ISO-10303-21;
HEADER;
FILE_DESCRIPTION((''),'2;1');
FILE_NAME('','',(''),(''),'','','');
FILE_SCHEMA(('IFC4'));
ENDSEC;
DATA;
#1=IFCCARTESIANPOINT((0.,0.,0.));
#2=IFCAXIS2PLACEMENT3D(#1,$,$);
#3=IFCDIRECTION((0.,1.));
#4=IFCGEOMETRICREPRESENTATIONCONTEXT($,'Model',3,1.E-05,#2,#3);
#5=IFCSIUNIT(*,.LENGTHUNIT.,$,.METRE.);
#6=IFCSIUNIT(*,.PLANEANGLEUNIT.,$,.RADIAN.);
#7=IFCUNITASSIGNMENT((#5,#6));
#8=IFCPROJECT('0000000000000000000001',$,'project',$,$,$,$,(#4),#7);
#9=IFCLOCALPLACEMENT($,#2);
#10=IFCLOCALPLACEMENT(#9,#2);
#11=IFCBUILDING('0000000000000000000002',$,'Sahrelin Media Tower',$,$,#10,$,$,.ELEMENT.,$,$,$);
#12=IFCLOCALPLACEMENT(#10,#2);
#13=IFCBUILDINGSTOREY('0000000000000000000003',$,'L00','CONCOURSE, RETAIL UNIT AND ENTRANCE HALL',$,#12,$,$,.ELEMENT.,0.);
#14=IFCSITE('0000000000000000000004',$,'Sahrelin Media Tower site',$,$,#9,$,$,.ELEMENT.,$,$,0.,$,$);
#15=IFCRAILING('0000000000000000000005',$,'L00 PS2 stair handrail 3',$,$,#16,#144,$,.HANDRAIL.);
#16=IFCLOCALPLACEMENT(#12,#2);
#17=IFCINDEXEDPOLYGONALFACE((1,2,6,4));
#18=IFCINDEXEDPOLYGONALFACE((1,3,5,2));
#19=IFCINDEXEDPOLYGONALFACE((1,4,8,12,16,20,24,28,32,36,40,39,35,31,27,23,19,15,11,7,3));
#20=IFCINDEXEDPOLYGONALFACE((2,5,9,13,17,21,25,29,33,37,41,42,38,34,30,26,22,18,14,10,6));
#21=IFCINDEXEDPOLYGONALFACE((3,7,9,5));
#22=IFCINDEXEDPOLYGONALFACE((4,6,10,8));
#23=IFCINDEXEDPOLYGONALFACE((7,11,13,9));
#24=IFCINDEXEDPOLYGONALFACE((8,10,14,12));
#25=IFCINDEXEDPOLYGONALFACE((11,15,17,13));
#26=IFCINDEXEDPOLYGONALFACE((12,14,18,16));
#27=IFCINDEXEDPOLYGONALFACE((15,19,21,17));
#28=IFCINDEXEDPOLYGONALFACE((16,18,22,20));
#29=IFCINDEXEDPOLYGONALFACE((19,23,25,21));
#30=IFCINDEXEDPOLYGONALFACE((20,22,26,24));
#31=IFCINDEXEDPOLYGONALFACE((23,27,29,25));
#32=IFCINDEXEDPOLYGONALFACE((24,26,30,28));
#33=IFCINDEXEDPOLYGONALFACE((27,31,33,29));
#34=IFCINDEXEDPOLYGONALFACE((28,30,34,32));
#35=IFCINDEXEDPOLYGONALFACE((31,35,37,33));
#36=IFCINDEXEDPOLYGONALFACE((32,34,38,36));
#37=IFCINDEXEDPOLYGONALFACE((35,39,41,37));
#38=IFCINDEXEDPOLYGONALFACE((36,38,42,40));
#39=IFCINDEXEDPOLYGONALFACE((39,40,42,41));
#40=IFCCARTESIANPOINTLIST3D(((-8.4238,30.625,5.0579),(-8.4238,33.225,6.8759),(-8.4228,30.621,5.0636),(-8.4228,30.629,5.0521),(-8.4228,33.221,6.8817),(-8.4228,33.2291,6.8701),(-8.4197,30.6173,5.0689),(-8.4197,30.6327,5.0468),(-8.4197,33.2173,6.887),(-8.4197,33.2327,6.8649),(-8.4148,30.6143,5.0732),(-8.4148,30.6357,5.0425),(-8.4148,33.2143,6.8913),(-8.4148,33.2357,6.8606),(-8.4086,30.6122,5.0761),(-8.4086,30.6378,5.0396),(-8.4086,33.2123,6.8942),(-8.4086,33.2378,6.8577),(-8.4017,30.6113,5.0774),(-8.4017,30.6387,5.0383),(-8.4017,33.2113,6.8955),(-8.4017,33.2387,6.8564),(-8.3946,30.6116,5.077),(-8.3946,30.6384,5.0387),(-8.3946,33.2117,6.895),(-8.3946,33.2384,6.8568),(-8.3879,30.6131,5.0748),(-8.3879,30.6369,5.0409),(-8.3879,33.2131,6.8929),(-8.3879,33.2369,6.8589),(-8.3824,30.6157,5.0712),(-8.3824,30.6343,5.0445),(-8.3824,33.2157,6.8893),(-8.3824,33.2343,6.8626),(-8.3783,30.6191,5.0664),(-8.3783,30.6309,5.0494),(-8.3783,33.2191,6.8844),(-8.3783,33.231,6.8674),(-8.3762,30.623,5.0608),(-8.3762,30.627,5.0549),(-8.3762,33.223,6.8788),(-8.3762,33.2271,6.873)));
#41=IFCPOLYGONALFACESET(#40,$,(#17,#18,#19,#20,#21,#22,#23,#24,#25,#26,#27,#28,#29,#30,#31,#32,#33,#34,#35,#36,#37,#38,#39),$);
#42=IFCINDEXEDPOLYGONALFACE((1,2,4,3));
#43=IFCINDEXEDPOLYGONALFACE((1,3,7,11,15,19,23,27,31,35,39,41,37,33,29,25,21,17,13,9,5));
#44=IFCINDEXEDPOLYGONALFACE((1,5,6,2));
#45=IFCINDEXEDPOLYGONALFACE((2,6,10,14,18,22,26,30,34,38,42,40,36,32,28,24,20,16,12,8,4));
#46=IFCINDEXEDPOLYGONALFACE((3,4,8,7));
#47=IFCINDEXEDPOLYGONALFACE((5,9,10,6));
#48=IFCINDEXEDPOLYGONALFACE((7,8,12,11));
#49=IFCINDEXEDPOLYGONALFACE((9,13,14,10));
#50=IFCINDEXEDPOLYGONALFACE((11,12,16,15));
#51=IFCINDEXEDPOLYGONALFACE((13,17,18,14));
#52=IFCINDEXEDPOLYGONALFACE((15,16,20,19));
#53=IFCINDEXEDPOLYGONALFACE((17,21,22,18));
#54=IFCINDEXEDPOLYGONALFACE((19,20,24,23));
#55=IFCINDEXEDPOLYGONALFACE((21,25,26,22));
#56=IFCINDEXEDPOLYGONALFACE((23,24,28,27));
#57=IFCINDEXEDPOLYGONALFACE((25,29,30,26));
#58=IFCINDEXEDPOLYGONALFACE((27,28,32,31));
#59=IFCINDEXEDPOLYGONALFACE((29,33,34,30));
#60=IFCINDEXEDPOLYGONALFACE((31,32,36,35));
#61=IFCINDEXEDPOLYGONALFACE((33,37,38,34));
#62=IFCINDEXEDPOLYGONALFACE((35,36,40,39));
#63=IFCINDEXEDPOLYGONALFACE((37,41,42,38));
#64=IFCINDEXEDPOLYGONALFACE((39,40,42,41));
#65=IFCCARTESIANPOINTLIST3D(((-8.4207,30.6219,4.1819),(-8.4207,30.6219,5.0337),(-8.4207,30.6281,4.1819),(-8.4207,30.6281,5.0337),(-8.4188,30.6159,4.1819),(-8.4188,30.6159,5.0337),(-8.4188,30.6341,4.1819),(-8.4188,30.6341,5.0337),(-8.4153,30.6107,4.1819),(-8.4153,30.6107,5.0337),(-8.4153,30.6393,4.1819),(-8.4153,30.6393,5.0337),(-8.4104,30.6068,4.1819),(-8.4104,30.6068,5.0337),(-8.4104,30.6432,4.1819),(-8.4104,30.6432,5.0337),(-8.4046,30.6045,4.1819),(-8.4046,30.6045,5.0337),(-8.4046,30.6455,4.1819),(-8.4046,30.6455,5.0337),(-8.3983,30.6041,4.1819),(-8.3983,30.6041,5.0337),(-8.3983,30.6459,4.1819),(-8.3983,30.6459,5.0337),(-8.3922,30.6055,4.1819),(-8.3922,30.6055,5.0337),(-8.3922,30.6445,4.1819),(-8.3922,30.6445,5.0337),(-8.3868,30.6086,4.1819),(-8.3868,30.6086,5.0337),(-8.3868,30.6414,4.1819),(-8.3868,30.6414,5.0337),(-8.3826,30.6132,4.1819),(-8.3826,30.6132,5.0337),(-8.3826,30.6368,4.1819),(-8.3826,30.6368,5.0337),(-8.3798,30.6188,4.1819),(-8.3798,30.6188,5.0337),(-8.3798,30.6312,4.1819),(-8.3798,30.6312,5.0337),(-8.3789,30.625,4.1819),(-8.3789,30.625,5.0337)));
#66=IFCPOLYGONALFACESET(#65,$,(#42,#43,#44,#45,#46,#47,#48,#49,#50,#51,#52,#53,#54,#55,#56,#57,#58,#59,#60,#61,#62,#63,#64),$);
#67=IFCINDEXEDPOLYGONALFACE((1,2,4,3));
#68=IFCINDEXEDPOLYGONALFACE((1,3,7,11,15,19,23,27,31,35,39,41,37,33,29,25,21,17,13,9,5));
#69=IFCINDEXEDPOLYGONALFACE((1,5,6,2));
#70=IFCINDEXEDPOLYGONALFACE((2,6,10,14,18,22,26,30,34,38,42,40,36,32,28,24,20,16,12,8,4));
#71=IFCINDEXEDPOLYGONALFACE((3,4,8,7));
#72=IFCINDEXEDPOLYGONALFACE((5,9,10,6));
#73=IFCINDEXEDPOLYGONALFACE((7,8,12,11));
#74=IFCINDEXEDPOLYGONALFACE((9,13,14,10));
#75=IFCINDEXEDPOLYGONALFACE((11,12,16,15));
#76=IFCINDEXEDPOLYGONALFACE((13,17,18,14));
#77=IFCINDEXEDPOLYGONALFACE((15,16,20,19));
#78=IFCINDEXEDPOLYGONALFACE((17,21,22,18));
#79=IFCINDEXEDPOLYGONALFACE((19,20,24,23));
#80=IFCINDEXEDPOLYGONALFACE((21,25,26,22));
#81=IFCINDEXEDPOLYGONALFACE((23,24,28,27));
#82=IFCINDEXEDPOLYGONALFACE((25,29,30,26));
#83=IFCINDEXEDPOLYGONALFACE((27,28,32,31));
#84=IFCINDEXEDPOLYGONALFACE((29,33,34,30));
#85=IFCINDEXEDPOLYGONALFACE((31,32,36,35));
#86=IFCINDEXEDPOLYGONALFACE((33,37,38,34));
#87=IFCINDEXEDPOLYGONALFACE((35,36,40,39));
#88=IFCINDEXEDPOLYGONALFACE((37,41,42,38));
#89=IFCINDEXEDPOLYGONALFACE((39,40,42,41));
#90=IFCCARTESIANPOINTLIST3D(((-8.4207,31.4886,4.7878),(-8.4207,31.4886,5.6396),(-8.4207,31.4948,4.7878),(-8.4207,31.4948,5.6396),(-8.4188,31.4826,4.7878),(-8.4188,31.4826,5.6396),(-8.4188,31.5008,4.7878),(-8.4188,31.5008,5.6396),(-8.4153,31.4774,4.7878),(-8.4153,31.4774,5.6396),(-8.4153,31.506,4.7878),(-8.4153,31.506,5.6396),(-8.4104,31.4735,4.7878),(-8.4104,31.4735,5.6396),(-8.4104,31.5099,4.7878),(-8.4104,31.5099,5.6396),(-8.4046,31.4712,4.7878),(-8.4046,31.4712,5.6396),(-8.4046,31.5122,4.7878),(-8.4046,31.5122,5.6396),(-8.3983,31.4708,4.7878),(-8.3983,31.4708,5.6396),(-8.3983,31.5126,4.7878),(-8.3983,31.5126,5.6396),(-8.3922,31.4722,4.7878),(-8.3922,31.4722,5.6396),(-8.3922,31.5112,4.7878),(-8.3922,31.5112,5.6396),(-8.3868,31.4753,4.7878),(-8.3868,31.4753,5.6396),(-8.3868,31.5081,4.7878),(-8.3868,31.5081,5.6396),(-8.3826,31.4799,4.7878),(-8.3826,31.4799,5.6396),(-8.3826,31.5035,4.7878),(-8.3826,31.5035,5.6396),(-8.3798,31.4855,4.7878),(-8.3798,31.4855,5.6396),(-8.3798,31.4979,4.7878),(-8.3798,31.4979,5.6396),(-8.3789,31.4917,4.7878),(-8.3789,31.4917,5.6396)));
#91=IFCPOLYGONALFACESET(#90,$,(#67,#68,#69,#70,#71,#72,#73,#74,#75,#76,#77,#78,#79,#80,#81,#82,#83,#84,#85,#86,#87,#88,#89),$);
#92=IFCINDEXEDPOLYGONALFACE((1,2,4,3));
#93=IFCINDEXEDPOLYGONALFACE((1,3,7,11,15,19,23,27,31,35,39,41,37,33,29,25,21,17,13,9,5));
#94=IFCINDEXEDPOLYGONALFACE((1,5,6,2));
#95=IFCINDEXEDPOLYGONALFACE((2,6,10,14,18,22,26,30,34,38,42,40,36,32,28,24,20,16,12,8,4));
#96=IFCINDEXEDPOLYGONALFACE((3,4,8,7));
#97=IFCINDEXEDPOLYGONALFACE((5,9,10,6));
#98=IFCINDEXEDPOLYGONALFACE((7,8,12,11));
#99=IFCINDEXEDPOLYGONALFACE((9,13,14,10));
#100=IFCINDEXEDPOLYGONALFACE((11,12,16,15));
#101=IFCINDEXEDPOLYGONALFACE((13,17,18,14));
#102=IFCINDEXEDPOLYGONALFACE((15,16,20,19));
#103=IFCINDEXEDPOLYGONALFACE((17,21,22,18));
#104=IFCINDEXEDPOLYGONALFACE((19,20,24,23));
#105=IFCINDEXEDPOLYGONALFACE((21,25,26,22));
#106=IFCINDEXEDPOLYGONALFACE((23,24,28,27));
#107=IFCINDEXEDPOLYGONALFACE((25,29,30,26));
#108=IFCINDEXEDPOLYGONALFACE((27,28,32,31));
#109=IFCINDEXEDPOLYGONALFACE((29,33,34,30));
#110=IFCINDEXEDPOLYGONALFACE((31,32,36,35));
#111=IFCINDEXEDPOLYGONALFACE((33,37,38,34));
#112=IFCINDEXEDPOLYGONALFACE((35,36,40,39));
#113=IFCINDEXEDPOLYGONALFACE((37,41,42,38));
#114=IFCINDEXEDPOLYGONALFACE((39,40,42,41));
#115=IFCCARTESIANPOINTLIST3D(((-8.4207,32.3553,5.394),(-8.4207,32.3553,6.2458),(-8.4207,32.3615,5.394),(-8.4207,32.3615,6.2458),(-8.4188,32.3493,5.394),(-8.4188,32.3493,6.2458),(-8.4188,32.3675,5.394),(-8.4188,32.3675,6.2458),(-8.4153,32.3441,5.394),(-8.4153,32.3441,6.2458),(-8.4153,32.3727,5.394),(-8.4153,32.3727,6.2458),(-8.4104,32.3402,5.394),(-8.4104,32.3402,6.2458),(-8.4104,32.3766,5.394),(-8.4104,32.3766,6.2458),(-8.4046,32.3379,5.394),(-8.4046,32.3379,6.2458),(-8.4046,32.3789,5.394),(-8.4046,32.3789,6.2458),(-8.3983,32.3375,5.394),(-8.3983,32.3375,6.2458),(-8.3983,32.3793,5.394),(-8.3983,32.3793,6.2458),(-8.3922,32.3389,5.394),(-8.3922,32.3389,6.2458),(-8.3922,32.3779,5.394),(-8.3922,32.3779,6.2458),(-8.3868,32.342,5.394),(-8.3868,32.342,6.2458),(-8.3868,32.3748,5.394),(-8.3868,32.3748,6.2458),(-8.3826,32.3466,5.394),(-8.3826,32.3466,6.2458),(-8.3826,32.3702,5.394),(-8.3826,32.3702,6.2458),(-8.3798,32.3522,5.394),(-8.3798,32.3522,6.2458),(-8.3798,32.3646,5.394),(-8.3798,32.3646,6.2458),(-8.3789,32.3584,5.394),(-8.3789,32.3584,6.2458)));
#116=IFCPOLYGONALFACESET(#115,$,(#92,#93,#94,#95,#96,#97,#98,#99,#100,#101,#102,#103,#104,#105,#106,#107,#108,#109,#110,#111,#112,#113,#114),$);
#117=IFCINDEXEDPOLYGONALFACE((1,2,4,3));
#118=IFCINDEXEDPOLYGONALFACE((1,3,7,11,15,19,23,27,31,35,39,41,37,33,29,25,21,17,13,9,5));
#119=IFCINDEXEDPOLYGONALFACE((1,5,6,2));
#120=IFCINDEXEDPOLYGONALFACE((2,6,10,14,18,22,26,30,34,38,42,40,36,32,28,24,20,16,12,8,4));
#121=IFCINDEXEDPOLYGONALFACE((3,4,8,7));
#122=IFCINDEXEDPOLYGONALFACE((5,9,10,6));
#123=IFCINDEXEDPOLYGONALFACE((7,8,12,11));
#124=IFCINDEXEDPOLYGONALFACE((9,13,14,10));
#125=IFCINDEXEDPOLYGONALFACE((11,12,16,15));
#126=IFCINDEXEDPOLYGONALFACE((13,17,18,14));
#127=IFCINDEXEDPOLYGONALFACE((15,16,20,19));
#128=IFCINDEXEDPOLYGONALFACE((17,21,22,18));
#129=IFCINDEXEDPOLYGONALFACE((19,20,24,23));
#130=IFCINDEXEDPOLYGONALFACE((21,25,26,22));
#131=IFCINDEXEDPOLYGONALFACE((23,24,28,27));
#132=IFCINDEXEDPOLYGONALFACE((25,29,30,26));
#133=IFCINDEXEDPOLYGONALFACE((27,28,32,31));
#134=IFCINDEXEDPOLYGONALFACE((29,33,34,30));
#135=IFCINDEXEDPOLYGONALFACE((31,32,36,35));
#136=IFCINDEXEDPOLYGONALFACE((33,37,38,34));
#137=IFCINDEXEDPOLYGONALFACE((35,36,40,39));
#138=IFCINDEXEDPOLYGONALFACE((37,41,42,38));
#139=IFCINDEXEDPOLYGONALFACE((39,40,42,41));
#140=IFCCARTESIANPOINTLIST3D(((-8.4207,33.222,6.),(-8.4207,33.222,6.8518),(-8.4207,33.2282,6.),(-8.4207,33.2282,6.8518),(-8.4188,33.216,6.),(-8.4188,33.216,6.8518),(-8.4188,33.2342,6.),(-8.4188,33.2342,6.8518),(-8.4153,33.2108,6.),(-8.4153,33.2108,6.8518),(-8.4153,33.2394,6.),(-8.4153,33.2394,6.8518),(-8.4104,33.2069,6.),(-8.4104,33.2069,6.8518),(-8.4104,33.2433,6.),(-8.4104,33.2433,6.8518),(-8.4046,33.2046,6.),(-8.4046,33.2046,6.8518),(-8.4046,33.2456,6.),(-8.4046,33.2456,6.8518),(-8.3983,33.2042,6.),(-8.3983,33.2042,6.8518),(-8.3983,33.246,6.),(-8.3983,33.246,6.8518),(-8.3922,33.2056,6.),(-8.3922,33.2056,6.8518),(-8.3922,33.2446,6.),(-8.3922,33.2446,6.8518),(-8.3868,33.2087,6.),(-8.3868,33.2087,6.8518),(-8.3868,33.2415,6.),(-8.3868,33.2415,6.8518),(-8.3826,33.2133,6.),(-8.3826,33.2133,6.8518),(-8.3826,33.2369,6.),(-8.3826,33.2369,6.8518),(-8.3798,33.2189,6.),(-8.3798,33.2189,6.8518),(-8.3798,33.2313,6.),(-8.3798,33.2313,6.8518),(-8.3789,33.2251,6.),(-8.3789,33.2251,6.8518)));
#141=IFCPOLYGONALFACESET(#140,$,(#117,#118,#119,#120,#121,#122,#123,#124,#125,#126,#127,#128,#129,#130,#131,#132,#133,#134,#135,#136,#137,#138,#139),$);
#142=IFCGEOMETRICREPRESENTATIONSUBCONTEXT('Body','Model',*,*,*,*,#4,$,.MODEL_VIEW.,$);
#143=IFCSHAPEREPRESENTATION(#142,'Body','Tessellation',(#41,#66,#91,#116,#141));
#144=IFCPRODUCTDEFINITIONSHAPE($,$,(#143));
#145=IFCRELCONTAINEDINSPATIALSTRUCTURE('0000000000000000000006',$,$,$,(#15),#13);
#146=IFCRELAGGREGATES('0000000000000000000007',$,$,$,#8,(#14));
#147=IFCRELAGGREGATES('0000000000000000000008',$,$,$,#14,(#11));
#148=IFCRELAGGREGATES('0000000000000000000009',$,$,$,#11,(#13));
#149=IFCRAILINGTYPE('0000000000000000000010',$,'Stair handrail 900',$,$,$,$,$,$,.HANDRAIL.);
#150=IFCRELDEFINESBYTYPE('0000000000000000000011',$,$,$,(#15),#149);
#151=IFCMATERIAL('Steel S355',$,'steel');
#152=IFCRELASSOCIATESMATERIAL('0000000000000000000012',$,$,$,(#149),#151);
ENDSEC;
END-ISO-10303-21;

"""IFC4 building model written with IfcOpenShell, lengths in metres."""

from ifc_helpers import new_model, si_unit, direction, frame, origin, origin_2d, place, context, subcontext, project, spatial, circle, extrude, material, type_object, element, save


model = new_model("IFC4")

# Units and contexts
model_context = context("Model", 3, precision=1e-05, world=origin(), true_north=direction((0.0, 1.0)))
body_context = subcontext(model_context, "Body", "Model", "MODEL_VIEW")
ifc_project = project(units=[si_unit("LENGTHUNIT", "METRE"), si_unit("PLANEANGLEUNIT", "RADIAN")], contexts=[model_context])

# Site, building, storey
site_placement = place(None, origin())
site = spatial("IfcSite", under=ifc_project, at=site_placement, Name="Sahrelin Media Tower site", CompositionType="ELEMENT", RefElevation=0.0)
building_placement = place(site_placement, origin())
building = spatial("IfcBuilding", under=site, at=building_placement, Name="Sahrelin Media Tower", CompositionType="ELEMENT")
storey_placement = place(building_placement, origin())
storey = spatial("IfcBuildingStorey", under=building, at=storey_placement, Name="L00", Description="CONCOURSE, RETAIL UNIT AND ENTRANCE HALL", CompositionType="ELEMENT", Elevation=0.0)

# Shared definitions
ifc_material_1 = material(Name="Steel S355", Category="steel")

# Railing
railing_type_1 = type_object("IfcRailingType", Name="Stair handrail 900", PredefinedType="HANDRAIL", material=ifc_material_1)
railing_1_placement = place(storey_placement, frame((-8.3999, 30.625, 4.1819)))
element("IfcRailing", 1, at=railing_1_placement, inside=storey, type_object=railing_type_1, Name="L00 PS2 stair handrail 3", PredefinedType="HANDRAIL", context=body_context, shape_type="SweptSolid", body=[
    extrude(circle(Radius=0.0239, at=origin_2d()), frame((0.0, 0.0, 0.876), z_axis=(0.0, 0.819521, 0.573049), x_axis=(-1.0, 0.0, 0.0)), (0.0, 0.0, 1.0), 3.1726),
    extrude(circle(Radius=0.021, at=origin_2d()), origin(), (0.0, 0.0, 1.0), 0.8518),
    extrude(circle(Radius=0.021, at=origin_2d()), frame((0.0, 0.8667, 0.606)), (0.0, 0.0, 1.0), 0.8518),
    extrude(circle(Radius=0.021, at=origin_2d()), frame((0.0, 1.7334, 1.2122)), (0.0, 0.0, 1.0), 0.8518),
    extrude(circle(Radius=0.021, at=origin_2d()), frame((0.0, 2.6001, 1.8181)), (0.0, 0.0, 1.0), 0.8518),
])

save(model, "model.ifc")
